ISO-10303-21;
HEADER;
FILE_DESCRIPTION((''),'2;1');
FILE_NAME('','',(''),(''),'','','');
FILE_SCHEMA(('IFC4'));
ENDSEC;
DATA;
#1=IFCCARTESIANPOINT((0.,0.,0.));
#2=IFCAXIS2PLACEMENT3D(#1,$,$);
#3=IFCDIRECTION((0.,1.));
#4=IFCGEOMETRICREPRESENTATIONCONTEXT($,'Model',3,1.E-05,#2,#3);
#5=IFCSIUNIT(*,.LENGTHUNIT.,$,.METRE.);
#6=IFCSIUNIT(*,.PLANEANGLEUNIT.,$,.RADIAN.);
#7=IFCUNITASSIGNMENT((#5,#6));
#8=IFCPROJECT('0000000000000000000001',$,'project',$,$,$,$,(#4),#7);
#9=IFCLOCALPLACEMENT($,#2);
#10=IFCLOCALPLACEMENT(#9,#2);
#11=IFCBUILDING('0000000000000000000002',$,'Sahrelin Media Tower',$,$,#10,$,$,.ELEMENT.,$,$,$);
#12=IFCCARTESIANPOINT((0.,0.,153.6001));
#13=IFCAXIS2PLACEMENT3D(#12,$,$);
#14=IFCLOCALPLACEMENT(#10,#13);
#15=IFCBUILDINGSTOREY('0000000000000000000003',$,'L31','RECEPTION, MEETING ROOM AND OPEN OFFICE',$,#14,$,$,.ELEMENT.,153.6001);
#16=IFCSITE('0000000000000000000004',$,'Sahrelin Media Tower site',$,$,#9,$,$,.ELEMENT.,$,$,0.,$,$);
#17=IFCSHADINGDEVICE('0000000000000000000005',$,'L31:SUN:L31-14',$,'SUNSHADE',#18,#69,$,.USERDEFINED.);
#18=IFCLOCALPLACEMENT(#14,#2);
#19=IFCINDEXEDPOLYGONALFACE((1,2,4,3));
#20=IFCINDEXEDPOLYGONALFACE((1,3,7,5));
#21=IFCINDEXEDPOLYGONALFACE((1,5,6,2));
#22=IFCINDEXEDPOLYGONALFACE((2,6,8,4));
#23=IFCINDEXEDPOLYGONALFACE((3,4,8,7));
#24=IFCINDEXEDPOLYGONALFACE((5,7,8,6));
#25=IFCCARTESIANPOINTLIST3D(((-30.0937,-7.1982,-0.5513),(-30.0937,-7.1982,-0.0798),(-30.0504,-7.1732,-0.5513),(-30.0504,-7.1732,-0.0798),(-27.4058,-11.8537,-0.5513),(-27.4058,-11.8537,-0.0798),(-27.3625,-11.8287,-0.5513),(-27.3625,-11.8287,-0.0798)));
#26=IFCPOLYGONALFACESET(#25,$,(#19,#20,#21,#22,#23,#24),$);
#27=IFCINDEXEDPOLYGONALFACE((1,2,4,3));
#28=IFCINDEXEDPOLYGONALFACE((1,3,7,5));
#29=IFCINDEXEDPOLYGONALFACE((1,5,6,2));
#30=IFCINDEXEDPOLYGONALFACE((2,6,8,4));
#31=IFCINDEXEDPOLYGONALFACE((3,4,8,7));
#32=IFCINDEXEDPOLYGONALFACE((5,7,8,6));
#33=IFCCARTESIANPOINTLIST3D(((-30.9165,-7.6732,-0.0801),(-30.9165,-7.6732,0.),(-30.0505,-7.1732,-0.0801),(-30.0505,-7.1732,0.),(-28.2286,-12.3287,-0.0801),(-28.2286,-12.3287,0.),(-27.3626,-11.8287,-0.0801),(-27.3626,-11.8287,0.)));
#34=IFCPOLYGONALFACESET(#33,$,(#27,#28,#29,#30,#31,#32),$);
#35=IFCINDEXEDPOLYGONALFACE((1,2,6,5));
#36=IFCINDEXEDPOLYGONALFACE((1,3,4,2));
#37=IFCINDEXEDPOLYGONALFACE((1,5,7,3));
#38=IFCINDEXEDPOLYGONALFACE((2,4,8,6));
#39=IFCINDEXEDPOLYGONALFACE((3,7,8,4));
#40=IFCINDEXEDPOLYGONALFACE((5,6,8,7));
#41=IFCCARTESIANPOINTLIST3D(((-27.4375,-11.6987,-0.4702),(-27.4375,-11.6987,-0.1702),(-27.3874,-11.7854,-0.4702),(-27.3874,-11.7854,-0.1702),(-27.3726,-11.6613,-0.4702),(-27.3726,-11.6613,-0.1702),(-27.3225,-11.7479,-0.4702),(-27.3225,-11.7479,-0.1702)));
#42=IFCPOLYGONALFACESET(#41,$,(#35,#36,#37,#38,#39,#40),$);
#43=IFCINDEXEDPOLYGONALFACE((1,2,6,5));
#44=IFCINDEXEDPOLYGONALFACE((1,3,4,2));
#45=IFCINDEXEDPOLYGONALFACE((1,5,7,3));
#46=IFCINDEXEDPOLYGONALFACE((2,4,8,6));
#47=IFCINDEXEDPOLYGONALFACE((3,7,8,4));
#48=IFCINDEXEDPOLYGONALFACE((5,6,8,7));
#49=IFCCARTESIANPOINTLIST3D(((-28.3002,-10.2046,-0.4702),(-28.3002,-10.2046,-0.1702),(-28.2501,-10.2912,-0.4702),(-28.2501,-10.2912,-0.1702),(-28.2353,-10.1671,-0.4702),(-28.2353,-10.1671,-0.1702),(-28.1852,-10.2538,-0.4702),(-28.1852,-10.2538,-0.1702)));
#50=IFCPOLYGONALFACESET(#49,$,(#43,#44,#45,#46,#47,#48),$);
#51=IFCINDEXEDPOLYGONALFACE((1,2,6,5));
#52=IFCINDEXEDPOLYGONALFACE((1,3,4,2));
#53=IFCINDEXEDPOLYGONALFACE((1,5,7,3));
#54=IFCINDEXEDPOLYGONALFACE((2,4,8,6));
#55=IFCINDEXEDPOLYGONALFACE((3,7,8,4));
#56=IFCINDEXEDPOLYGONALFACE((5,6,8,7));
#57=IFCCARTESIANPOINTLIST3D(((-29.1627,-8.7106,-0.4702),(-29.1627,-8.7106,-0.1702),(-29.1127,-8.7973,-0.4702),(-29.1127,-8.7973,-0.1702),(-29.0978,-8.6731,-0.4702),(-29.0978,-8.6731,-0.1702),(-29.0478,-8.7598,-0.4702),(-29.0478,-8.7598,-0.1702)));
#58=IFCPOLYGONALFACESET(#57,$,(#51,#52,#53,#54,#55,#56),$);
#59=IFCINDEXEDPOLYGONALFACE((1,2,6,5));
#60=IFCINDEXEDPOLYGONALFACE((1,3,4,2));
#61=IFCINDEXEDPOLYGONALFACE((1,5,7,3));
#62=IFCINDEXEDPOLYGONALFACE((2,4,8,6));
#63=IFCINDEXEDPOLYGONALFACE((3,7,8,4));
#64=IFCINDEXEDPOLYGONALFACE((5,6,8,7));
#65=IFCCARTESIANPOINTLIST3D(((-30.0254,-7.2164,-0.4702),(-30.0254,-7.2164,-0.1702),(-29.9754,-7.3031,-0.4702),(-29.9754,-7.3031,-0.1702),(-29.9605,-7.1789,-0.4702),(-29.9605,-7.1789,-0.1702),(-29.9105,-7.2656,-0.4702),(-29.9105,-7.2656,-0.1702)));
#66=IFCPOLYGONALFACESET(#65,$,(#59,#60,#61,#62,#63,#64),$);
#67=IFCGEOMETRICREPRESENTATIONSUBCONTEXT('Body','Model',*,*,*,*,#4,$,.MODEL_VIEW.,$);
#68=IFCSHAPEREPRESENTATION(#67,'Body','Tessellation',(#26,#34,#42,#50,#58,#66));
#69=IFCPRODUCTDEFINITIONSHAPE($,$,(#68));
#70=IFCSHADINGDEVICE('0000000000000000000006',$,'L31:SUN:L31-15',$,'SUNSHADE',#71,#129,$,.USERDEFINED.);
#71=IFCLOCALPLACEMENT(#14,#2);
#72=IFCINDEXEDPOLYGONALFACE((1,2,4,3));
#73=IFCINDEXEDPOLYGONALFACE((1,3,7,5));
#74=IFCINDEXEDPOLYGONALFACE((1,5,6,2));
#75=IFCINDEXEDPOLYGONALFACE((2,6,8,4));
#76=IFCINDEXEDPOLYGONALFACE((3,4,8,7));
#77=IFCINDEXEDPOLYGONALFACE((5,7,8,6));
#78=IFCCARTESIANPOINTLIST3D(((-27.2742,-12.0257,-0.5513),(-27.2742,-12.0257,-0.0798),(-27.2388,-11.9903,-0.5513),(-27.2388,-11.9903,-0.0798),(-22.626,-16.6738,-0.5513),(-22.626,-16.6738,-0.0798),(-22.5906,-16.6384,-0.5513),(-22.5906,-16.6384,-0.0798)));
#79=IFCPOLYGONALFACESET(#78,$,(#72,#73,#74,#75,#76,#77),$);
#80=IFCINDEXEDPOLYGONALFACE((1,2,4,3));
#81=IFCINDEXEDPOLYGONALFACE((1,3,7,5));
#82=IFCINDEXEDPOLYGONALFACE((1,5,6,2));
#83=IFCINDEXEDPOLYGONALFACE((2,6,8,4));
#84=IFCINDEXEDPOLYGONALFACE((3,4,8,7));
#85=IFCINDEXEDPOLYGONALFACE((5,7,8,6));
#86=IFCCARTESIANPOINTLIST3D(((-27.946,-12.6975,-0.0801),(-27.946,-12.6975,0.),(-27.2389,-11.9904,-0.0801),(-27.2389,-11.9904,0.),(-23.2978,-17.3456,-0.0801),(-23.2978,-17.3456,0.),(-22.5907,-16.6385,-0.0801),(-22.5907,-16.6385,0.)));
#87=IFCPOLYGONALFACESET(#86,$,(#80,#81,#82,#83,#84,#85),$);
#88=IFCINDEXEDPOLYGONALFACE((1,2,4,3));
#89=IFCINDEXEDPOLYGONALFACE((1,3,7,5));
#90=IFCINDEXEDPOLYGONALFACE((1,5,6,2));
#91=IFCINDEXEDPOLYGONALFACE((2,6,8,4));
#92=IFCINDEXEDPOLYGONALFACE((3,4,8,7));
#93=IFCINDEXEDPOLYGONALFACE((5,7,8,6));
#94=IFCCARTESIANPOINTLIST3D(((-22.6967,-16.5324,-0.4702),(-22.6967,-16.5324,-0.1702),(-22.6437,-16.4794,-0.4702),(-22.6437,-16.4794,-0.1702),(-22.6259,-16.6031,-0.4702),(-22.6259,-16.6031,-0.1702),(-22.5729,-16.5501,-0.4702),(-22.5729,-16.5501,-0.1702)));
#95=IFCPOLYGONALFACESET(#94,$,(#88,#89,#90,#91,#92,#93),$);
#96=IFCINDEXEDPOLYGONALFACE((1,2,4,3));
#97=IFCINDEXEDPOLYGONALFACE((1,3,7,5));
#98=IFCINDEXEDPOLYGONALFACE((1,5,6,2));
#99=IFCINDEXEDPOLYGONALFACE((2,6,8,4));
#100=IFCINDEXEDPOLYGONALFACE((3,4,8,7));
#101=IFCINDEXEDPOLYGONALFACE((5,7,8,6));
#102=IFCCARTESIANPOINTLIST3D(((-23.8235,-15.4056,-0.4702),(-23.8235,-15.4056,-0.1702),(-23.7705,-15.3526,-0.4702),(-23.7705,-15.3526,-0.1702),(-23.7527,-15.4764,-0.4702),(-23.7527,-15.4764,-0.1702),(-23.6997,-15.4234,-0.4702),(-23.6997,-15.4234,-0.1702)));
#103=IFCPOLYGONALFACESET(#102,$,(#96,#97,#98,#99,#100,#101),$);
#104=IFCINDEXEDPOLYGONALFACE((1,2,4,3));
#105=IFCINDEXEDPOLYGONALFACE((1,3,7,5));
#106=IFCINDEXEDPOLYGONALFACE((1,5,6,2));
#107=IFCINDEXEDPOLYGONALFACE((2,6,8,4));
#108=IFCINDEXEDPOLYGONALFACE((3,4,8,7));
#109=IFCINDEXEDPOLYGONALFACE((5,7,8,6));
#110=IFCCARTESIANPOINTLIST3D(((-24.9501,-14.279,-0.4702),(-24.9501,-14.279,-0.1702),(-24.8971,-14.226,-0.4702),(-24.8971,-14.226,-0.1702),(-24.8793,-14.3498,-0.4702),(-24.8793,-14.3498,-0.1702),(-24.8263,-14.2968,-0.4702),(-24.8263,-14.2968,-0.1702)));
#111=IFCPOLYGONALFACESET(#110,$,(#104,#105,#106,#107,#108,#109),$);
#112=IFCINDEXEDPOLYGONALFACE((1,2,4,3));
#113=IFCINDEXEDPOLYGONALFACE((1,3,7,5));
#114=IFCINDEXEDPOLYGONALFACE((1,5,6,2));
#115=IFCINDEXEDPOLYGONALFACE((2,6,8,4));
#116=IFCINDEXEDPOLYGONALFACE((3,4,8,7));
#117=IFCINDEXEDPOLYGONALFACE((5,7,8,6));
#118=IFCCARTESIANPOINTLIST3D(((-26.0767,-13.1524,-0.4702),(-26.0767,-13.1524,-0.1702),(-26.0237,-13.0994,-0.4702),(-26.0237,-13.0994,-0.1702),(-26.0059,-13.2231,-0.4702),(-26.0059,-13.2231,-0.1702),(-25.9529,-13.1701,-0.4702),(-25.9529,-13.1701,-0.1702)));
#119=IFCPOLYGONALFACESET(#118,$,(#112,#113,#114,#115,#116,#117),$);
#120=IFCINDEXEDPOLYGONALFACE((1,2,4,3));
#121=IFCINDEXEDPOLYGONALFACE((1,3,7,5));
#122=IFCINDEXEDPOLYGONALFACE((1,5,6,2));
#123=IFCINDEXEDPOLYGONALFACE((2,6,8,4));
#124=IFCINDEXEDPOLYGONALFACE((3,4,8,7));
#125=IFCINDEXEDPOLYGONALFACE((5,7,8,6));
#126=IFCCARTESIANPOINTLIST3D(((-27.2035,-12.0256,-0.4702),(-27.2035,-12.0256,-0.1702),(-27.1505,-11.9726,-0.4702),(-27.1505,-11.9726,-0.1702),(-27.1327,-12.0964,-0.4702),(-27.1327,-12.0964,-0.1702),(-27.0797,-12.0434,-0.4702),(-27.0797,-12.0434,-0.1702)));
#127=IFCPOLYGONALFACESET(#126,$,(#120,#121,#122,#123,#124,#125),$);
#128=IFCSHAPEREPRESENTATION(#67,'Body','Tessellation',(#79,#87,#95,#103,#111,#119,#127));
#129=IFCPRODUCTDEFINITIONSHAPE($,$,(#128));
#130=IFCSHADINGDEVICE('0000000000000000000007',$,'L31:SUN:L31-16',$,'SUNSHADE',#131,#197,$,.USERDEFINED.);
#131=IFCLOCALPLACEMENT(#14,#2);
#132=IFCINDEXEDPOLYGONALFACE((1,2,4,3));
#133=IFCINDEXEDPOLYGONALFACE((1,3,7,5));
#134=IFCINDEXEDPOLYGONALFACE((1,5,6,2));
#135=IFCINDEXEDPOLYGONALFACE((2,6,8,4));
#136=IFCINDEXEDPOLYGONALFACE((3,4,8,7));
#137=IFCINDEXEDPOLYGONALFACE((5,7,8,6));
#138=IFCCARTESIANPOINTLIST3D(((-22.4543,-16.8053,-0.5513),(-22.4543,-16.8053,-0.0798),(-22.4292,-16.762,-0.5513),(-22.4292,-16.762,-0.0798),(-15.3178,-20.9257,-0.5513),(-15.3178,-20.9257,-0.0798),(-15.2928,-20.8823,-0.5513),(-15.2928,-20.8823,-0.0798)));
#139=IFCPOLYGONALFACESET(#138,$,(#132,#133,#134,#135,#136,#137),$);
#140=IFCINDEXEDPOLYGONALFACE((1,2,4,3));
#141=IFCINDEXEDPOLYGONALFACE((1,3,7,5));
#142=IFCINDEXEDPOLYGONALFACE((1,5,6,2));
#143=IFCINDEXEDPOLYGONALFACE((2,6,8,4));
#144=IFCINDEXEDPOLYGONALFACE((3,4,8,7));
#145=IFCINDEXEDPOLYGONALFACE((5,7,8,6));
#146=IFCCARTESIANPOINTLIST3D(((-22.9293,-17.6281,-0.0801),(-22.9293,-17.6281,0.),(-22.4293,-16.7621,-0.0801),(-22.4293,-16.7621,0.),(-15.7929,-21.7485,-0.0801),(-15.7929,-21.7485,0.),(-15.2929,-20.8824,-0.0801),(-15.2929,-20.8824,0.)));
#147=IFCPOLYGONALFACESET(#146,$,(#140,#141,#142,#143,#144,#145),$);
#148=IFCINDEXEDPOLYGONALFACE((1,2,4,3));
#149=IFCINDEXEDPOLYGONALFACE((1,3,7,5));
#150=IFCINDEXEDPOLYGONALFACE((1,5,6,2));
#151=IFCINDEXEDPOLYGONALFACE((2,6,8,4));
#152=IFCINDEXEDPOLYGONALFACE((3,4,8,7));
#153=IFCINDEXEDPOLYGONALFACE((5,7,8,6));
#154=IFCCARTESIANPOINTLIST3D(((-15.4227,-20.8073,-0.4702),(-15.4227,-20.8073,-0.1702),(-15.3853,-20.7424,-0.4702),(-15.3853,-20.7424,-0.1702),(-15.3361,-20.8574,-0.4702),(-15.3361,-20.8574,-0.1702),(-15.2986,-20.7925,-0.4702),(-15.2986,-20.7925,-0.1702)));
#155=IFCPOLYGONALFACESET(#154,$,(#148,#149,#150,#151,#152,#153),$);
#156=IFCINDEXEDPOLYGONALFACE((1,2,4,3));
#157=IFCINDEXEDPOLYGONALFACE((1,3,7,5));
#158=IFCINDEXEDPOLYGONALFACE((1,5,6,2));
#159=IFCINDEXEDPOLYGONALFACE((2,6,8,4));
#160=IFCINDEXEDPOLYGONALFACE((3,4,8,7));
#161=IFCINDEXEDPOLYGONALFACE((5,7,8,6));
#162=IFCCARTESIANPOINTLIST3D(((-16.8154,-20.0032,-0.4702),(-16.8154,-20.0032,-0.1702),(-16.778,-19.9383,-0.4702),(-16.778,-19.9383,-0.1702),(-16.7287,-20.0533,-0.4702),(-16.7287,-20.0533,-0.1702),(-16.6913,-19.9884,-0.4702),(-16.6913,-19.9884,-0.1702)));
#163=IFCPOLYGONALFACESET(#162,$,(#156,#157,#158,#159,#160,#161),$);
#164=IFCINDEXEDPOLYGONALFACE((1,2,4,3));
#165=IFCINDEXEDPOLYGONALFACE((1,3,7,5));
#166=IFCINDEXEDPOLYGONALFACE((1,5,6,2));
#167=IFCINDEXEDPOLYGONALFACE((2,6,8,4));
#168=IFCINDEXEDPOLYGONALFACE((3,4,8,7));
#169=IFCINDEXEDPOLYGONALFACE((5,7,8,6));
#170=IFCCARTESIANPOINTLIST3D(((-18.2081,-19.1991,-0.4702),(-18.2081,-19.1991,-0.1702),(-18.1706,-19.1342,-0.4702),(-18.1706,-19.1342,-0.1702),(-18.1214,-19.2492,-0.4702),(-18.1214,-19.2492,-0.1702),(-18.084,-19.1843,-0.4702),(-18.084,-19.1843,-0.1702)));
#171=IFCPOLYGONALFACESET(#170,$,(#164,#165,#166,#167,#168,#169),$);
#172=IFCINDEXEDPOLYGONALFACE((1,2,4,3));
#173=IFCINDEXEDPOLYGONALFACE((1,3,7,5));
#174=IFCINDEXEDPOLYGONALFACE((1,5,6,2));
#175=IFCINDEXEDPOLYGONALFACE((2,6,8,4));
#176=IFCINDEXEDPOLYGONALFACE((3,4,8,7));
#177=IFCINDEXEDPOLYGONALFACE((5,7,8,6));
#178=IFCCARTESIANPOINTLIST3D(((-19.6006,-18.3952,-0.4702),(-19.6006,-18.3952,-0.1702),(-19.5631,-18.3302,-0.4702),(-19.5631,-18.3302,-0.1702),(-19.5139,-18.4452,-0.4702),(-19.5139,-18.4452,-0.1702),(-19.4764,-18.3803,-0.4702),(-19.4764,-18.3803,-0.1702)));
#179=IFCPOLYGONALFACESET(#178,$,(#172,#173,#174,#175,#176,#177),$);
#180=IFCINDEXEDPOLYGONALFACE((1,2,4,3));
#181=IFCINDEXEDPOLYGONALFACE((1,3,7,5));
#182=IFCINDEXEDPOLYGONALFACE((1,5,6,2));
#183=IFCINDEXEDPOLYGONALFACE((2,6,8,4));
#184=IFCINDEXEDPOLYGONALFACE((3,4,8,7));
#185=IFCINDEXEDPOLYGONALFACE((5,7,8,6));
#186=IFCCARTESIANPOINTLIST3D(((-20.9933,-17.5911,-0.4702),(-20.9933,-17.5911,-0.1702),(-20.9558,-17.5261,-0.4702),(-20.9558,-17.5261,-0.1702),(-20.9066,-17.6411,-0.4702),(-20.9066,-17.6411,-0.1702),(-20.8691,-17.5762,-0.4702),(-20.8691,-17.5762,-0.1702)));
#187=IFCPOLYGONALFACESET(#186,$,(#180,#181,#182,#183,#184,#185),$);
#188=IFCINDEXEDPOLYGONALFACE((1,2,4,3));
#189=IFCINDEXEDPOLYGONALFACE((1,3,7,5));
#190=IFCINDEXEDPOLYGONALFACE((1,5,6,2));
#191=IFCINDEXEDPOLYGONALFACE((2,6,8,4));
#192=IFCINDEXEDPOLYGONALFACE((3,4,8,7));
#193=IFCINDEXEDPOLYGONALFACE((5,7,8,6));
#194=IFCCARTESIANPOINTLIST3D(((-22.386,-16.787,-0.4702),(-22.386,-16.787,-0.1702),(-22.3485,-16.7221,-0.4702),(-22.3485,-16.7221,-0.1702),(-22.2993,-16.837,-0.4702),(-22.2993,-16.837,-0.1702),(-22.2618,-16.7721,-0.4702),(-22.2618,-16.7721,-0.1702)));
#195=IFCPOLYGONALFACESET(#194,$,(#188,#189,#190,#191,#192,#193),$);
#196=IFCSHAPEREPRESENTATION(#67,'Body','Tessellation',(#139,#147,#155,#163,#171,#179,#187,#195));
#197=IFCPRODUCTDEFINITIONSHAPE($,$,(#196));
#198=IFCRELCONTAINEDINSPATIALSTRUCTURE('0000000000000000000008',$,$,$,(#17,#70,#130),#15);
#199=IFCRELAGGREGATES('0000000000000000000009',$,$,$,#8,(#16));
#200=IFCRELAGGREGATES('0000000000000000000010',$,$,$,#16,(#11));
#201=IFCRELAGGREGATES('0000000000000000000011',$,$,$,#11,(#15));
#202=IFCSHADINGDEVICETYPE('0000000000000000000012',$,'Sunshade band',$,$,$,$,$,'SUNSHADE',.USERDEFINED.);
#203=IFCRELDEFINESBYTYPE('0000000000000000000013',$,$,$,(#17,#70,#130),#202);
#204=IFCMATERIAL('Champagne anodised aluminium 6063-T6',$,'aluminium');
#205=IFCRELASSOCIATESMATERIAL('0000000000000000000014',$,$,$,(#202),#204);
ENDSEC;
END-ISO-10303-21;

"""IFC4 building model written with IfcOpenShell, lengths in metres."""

from ifc_helpers import new_model, si_unit, direction, frame, origin, origin_2d, place, context, subcontext, project, spatial, rectangle, extrude, material, type_object, element, save


model = new_model("IFC4")

# Units and contexts
model_context = context("Model", 3, precision=1e-05, world=origin(), true_north=direction((0.0, 1.0)))
body_context = subcontext(model_context, "Body", "Model", "MODEL_VIEW")
ifc_project = project(units=[si_unit("LENGTHUNIT", "METRE"), si_unit("PLANEANGLEUNIT", "RADIAN")], contexts=[model_context])

# Site, building, storey
site_placement = place(None, origin())
site = spatial("IfcSite", under=ifc_project, at=site_placement, Name="Sahrelin Media Tower site", CompositionType="ELEMENT", RefElevation=0.0)
building_placement = place(site_placement, origin())
building = spatial("IfcBuilding", under=site, at=building_placement, Name="Sahrelin Media Tower", CompositionType="ELEMENT")
storey_placement = place(building_placement, frame((0.0, 0.0, 153.6001)))
storey = spatial("IfcBuildingStorey", under=building, at=storey_placement, Name="L31", Description="RECEPTION, MEETING ROOM AND OPEN OFFICE", CompositionType="ELEMENT", Elevation=153.6001)

# Shared definitions
ifc_material_1 = material(Name="Champagne anodised aluminium 6063-T6", Category="aluminium")

# Shading devices
placement_1 = place(storey_placement, frame((-28.6892, -9.491, 0.0), z_axis=(0.0, 0.0, 1.0), x_axis=(-0.500011, 0.866019, 0.0)))
placement_2 = place(storey_placement, frame((-24.9006, -14.3003, 0.0), z_axis=(0.0, 0.0, 1.0), x_axis=(-0.707107, 0.707107, 0.0)))
placement_3 = place(storey_placement, frame((-18.8511, -18.8049, 0.0), z_axis=(0.0, 0.0, 1.0), x_axis=(-0.866019, 0.500011, 0.0)))
shading_device_type_1 = type_object("IfcShadingDeviceType", Name="Sunshade band", ElementType="SUNSHADE", PredefinedType="USERDEFINED", material=ifc_material_1)
element("IfcShadingDevice", 1, at=placement_1, inside=storey, type_object=shading_device_type_1, Name="L31:SUN:L31-14", ObjectType="SUNSHADE", PredefinedType="USERDEFINED", context=body_context, shape_type="SweptSolid", body=[
    extrude(rectangle(XDim=5.3757, YDim=0.05, at=origin_2d()), frame((0.0, 0.0449, -0.5513)), (0.0, 0.0, 1.0), 0.4714),
    extrude(rectangle(XDim=5.3757, YDim=1.0, at=origin_2d()), frame((0.0, 0.52, -0.0801)), (0.0, 0.0, 1.0), 0.0801),
    extrude(rectangle(XDim=0.1001, YDim=0.075, at=origin_2d()), frame((-2.5879, -0.0176, -0.4702)), (0.0, 0.0, 1.0), 0.3),
    extrude(rectangle(XDim=0.1001, YDim=0.075, at=origin_2d()), frame((-0.8625, -0.0176, -0.4702)), (0.0, 0.0, 1.0), 0.3),
    extrude(rectangle(XDim=0.1001, YDim=0.075, at=origin_2d()), frame((0.8625, -0.0176, -0.4702)), (0.0, 0.0, 1.0), 0.3),
    extrude(rectangle(XDim=0.1001, YDim=0.075, at=origin_2d()), frame((2.5879, -0.0176, -0.4702)), (0.0, 0.0, 1.0), 0.3),
])
element("IfcShadingDevice", 2, at=placement_2, inside=storey, type_object=shading_device_type_1, Name="L31:SUN:L31-15", ObjectType="SUNSHADE", PredefinedType="USERDEFINED", context=body_context, shape_type="SweptSolid", body=[
    extrude(rectangle(XDim=6.5735, YDim=0.05, at=origin_2d()), frame((0.0, 0.0449, -0.5513)), (0.0, 0.0, 1.0), 0.4714),
    extrude(rectangle(XDim=6.5735, YDim=1.0, at=origin_2d()), frame((0.0, 0.52, -0.0801)), (0.0, 0.0, 1.0), 0.0801),
    extrude(rectangle(XDim=0.1001, YDim=0.075, at=origin_2d()), frame((-3.1868, -0.0176, -0.4702)), (0.0, 0.0, 1.0), 0.3),
    extrude(rectangle(XDim=0.1001, YDim=0.075, at=origin_2d()), frame((-1.5933, -0.0176, -0.4702)), (0.0, 0.0, 1.0), 0.3),
    extrude(rectangle(XDim=0.1001, YDim=0.075, at=origin_2d()), frame((0.0, -0.0176, -0.4702)), (0.0, 0.0, 1.0), 0.3),
    extrude(rectangle(XDim=0.1001, YDim=0.075, at=origin_2d()), frame((1.5933, -0.0176, -0.4702)), (0.0, 0.0, 1.0), 0.3),
    extrude(rectangle(XDim=0.1001, YDim=0.075, at=origin_2d()), frame((3.1868, -0.0176, -0.4702)), (0.0, 0.0, 1.0), 0.3),
])
element("IfcShadingDevice", 3, at=placement_3, inside=storey, type_object=shading_device_type_1, Name="L31:SUN:L31-16", ObjectType="SUNSHADE", PredefinedType="USERDEFINED", context=body_context, shape_type="SweptSolid", body=[
    extrude(rectangle(XDim=8.2405, YDim=0.05, at=origin_2d()), frame((0.0, 0.0449, -0.5513)), (0.0, 0.0, 1.0), 0.4714),
    extrude(rectangle(XDim=8.2405, YDim=1.0, at=origin_2d()), frame((0.0, 0.52, -0.0801)), (0.0, 0.0, 1.0), 0.0801),
    extrude(rectangle(XDim=0.1001, YDim=0.075, at=origin_2d()), frame((-4.0203, -0.0176, -0.4702)), (0.0, 0.0, 1.0), 0.3),
    extrude(rectangle(XDim=0.1001, YDim=0.075, at=origin_2d()), frame((-2.4121, -0.0176, -0.4702)), (0.0, 0.0, 1.0), 0.3),
    extrude(rectangle(XDim=0.1001, YDim=0.075, at=origin_2d()), frame((-0.804, -0.0176, -0.4702)), (0.0, 0.0, 1.0), 0.3),
    extrude(rectangle(XDim=0.1001, YDim=0.075, at=origin_2d()), frame((0.804, -0.0176, -0.4702)), (0.0, 0.0, 1.0), 0.3),
    extrude(rectangle(XDim=0.1001, YDim=0.075, at=origin_2d()), frame((2.4121, -0.0176, -0.4702)), (0.0, 0.0, 1.0), 0.3),
    extrude(rectangle(XDim=0.1001, YDim=0.075, at=origin_2d()), frame((4.0203, -0.0176, -0.4702)), (0.0, 0.0, 1.0), 0.3),
])

save(model, "model.ifc")
